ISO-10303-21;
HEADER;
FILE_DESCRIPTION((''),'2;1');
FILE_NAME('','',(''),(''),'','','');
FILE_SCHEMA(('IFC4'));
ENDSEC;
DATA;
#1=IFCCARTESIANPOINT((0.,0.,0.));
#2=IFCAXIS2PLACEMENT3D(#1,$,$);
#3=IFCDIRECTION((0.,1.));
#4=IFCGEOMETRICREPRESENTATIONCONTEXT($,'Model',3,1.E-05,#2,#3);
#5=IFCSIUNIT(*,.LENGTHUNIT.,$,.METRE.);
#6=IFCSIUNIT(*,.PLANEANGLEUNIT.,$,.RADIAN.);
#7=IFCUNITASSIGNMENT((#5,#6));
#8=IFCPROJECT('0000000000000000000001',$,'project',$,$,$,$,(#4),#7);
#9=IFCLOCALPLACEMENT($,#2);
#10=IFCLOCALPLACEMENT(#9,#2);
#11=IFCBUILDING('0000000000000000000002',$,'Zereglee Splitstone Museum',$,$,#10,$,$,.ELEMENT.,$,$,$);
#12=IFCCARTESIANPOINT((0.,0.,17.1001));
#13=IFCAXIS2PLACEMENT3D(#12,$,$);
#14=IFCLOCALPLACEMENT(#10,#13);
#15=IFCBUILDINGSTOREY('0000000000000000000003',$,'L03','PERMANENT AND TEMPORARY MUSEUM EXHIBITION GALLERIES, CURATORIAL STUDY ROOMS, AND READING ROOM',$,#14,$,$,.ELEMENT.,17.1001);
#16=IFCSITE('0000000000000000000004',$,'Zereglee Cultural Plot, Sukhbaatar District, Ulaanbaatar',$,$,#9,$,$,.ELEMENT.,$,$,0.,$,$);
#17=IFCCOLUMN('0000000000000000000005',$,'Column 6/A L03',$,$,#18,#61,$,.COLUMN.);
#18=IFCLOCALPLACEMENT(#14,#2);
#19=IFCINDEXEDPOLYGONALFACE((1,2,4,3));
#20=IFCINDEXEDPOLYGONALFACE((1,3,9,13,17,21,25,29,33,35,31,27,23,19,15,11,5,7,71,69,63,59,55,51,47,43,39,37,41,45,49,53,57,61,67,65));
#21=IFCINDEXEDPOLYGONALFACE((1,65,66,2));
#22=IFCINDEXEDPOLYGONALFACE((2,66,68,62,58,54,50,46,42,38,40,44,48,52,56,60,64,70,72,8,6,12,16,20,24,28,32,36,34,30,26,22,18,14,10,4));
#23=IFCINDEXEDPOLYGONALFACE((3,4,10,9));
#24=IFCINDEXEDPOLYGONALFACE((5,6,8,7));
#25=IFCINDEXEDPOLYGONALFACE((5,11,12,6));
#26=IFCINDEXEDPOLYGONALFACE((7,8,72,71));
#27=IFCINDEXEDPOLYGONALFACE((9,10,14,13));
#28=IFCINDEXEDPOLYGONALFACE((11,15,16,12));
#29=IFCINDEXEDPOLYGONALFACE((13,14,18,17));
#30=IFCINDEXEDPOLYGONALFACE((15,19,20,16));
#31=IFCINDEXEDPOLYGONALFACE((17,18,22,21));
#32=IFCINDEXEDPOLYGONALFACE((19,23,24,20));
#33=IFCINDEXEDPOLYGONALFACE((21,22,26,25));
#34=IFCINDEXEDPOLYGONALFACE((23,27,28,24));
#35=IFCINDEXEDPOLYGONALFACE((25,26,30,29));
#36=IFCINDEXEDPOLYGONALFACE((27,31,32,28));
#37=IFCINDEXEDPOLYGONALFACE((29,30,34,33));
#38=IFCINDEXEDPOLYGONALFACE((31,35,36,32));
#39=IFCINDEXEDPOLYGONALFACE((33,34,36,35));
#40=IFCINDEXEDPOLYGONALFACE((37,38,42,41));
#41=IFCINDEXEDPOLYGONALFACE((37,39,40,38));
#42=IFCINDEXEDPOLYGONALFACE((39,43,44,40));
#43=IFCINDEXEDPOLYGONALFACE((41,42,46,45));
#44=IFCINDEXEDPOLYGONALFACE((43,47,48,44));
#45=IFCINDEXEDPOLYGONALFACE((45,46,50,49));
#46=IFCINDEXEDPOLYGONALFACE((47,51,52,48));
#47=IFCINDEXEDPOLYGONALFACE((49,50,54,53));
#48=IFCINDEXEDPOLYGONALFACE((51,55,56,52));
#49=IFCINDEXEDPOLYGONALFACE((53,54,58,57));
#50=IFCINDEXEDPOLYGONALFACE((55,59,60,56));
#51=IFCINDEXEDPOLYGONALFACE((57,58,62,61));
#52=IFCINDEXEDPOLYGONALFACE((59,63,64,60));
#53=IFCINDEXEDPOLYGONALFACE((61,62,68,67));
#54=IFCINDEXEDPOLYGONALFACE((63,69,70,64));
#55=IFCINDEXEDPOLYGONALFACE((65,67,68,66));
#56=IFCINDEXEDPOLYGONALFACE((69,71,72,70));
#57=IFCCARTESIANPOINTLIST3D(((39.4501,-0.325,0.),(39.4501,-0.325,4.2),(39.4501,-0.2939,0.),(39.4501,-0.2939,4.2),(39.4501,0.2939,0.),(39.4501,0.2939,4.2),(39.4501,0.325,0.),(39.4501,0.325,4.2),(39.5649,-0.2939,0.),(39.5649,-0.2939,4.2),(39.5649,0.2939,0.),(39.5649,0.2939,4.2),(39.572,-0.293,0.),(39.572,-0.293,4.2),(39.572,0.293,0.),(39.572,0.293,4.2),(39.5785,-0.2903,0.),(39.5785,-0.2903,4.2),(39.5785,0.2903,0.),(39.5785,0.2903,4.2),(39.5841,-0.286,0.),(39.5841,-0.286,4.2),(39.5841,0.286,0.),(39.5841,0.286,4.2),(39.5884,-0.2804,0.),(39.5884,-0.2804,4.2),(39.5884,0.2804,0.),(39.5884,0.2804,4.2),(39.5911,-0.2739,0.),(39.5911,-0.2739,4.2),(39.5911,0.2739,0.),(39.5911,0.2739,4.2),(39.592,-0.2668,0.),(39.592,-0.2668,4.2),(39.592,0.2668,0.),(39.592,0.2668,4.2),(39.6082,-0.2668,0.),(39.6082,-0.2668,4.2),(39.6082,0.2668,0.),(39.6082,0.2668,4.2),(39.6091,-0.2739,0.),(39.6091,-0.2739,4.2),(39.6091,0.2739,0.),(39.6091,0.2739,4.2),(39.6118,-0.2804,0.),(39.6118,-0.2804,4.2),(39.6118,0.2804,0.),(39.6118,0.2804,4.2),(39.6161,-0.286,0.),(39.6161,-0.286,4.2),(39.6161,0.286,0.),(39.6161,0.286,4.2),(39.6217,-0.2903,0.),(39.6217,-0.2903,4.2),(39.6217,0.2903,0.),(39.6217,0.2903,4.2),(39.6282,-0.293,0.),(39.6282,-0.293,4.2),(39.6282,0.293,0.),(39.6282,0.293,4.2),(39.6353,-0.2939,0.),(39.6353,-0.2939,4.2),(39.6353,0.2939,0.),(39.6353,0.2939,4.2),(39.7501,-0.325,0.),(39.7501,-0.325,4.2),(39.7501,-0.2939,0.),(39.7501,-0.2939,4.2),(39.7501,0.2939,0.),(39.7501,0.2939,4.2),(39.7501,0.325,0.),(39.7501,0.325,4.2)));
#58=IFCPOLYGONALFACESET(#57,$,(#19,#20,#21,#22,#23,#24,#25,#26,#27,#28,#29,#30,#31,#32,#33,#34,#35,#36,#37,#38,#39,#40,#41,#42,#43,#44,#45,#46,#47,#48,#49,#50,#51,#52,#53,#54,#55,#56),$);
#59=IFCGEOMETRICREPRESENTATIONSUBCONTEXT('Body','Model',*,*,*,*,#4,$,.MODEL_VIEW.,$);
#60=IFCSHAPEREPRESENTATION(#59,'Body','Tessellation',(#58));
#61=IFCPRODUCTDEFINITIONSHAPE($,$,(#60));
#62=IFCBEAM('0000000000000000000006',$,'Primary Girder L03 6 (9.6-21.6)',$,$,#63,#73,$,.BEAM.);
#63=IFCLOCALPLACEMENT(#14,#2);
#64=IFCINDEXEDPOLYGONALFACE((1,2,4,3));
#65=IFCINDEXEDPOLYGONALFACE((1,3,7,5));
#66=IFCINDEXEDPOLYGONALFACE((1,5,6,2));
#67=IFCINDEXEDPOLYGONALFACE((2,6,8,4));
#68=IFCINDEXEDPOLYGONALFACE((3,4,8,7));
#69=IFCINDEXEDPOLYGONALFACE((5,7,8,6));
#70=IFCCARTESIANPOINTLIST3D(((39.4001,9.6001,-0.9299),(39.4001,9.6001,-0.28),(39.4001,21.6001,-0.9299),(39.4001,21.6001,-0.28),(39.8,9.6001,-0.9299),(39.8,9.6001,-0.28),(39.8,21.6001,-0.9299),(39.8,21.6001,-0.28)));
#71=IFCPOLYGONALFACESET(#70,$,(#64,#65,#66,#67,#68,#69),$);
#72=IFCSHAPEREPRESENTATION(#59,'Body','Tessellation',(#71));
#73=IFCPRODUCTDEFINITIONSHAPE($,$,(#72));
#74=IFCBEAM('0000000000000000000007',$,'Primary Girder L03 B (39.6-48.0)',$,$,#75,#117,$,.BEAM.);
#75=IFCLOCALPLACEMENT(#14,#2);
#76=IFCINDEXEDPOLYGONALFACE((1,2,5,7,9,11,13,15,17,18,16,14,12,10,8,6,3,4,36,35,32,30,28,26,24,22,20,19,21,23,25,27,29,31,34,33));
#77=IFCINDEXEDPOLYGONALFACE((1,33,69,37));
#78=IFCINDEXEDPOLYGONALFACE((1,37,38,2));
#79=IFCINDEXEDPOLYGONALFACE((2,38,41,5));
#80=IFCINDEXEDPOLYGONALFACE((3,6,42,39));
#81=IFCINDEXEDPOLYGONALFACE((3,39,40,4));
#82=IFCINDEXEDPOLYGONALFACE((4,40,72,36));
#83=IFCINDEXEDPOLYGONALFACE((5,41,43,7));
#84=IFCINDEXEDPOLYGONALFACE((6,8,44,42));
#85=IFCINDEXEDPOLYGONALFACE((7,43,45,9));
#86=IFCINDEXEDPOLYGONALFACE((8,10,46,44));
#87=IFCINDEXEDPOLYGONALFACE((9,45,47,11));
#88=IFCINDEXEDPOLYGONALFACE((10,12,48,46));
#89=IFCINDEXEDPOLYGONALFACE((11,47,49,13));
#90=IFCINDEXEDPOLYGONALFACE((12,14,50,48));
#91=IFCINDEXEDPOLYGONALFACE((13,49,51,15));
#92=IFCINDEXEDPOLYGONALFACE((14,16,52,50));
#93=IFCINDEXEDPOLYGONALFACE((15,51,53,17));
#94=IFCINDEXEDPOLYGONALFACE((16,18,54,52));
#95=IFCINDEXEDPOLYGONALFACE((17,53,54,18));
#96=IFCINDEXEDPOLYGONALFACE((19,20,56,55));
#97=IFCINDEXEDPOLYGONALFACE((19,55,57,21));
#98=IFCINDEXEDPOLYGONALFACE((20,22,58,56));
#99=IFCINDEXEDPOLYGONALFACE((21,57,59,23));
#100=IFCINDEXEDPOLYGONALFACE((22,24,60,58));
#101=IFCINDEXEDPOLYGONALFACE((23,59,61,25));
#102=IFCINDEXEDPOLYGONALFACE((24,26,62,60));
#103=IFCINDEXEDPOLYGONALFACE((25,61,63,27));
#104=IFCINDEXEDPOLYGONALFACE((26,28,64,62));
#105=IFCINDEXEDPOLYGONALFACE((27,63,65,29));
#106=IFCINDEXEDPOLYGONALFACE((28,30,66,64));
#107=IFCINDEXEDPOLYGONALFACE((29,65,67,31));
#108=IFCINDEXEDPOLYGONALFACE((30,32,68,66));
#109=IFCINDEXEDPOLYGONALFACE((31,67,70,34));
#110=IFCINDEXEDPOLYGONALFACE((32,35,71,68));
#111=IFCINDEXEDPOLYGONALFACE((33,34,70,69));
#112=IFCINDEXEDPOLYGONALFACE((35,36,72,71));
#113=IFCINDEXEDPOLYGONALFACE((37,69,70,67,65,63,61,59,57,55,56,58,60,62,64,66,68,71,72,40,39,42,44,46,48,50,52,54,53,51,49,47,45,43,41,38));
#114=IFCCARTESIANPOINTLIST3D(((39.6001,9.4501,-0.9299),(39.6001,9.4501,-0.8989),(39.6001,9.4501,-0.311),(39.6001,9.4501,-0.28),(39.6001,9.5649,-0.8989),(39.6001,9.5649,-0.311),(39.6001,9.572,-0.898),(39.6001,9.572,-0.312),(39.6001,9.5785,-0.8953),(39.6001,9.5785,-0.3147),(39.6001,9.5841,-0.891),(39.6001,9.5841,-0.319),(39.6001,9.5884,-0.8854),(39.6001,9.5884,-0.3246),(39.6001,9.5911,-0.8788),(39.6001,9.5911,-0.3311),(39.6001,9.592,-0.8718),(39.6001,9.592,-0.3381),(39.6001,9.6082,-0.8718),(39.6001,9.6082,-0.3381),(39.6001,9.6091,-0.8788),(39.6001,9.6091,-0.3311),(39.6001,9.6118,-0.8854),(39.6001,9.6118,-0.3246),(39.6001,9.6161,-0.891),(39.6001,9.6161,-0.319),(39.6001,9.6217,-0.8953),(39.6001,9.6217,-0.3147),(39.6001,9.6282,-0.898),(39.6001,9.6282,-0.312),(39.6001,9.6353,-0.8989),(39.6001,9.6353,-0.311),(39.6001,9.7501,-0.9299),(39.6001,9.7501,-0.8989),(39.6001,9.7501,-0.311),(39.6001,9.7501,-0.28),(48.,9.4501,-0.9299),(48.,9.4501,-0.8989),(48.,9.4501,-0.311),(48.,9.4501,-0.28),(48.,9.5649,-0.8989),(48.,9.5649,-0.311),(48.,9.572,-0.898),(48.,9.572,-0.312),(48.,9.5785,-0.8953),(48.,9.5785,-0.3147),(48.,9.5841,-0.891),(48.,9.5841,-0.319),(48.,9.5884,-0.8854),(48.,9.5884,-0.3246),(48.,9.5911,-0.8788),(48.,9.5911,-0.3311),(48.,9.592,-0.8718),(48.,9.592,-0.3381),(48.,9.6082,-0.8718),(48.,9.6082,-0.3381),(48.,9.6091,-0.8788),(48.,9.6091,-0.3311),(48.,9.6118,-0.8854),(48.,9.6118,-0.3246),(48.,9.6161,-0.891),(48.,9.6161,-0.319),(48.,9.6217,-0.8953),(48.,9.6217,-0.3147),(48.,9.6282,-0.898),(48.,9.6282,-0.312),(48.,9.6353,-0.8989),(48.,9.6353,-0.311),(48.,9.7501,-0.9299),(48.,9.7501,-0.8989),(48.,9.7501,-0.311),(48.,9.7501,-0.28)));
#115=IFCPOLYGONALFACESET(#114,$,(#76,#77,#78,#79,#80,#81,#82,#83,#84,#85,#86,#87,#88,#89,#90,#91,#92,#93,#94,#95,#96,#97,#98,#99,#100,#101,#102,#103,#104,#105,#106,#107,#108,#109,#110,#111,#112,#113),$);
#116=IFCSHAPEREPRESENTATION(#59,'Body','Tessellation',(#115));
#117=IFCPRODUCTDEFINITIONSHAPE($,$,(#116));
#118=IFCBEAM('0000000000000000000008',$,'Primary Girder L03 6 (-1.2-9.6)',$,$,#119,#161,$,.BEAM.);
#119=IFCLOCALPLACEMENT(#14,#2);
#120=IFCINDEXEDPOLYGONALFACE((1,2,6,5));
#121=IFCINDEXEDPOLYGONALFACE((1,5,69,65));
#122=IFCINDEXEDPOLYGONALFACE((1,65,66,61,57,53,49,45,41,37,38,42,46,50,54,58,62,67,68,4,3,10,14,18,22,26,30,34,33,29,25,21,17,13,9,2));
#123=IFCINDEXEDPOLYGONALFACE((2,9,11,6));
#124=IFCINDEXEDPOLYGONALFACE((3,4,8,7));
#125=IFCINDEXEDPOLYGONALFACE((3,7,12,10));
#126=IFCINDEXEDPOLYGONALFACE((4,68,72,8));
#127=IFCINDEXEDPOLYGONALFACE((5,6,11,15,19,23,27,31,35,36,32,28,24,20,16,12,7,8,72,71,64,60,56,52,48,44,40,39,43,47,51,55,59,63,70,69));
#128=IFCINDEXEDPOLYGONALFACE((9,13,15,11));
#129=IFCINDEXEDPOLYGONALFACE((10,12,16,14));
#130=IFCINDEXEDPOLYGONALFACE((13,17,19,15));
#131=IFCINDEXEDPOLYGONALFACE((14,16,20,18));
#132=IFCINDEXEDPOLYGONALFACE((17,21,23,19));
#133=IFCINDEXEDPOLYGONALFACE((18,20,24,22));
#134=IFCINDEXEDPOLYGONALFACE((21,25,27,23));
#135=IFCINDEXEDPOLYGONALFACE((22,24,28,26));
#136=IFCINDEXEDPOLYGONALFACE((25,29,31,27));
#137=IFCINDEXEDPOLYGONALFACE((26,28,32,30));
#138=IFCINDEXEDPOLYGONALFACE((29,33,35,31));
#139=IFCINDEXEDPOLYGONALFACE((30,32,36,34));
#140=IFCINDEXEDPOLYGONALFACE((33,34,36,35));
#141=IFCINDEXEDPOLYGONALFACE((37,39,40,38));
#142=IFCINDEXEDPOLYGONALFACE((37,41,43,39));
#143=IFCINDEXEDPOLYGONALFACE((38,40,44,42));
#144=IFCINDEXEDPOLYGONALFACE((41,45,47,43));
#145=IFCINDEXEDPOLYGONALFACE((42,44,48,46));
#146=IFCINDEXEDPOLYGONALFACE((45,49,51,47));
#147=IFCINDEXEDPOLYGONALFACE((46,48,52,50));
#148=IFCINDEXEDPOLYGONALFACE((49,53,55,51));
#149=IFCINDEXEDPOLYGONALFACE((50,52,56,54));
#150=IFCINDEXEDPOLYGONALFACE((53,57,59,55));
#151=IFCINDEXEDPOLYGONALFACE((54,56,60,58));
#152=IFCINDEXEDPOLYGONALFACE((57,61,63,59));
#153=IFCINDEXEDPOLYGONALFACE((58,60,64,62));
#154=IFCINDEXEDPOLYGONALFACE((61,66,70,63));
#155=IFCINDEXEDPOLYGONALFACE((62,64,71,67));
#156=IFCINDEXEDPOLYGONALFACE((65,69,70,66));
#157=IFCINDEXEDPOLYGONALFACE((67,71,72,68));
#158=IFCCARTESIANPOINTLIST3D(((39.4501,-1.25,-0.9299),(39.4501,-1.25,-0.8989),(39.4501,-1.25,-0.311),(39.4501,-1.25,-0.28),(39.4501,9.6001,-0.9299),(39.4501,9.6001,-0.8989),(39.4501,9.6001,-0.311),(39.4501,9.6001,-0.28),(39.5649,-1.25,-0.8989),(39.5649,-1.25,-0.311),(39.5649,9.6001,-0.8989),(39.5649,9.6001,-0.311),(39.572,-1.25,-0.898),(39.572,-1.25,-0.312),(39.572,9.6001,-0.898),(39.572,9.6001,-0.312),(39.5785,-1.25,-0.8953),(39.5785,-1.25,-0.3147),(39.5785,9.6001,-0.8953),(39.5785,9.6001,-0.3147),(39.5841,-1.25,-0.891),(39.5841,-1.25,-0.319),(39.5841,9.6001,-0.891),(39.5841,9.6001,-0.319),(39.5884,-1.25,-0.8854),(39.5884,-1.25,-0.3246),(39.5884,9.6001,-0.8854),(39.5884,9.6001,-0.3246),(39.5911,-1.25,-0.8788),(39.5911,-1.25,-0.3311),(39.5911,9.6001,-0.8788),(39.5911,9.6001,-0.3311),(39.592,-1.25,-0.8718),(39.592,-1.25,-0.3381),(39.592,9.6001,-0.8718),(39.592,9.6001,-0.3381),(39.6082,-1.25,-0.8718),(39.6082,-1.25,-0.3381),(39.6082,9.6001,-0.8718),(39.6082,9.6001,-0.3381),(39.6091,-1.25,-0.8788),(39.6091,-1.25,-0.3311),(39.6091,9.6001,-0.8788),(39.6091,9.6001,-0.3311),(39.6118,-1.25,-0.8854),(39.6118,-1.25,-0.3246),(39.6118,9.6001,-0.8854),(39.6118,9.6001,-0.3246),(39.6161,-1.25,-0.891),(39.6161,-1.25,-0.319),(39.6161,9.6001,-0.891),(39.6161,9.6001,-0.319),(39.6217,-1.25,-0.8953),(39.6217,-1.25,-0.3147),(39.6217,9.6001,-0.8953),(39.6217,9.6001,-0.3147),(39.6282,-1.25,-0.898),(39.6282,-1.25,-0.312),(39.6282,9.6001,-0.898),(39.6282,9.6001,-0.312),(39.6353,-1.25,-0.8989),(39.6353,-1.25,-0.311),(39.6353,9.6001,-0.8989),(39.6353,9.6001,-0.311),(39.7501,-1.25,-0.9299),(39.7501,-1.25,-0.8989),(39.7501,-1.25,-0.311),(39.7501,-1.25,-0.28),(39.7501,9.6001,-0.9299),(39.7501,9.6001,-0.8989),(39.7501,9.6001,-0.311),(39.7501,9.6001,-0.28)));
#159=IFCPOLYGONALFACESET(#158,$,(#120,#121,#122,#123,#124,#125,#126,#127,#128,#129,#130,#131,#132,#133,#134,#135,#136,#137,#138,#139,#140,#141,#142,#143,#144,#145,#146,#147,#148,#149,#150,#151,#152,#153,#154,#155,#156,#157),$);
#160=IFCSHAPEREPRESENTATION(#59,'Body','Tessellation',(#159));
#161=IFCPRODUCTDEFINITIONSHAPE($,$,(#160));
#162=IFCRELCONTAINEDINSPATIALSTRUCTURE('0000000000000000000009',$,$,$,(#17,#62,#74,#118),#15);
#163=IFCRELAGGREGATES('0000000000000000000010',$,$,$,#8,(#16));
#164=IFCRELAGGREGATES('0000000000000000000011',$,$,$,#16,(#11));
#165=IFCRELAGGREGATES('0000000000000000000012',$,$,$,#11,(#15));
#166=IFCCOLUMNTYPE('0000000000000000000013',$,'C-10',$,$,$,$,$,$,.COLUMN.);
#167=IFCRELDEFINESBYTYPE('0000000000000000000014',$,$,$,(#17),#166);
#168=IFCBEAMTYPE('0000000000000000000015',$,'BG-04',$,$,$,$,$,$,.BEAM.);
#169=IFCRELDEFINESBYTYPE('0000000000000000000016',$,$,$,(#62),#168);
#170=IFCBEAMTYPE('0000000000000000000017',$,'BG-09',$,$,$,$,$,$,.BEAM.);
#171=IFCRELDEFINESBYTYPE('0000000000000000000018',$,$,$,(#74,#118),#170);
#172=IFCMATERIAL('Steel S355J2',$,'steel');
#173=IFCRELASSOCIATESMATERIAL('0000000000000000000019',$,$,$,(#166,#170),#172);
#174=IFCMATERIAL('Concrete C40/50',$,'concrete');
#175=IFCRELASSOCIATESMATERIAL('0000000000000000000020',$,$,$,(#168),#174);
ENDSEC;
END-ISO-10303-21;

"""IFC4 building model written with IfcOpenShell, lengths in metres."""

from ifc_helpers import new_model, si_unit, direction, frame, origin, origin_2d, place, context, subcontext, project, spatial, rectangle, i_section, extrude, material, material_profile, profile_set, type_object, element, save


model = new_model("IFC4")

# Units and contexts
model_context = context("Model", 3, precision=1e-05, world=origin(), true_north=direction((0.0, 1.0)))
body_context = subcontext(model_context, "Body", "Model", "MODEL_VIEW")
ifc_project = project(units=[si_unit("LENGTHUNIT", "METRE"), si_unit("PLANEANGLEUNIT", "RADIAN")], contexts=[model_context])

# Site, building, storey
site_placement = place(None, origin())
site = spatial("IfcSite", under=ifc_project, at=site_placement, Name="Zereglee Cultural Plot, Sukhbaatar District, Ulaanbaatar", CompositionType="ELEMENT", RefElevation=0.0)
building_placement = place(site_placement, origin())
building = spatial("IfcBuilding", under=site, at=building_placement, Name="Zereglee Splitstone Museum", CompositionType="ELEMENT")
storey_placement = place(building_placement, frame((0.0, 0.0, 17.1001)))
storey = spatial("IfcBuildingStorey", under=building, at=storey_placement, Name="L03", Description="PERMANENT AND TEMPORARY MUSEUM EXHIBITION GALLERIES, CURATORIAL STUDY ROOMS, AND READING ROOM", CompositionType="ELEMENT", Elevation=17.1001)

# Column
ifc_material_1 = material(Name="Steel S355J2", Category="steel")
ifc_material_profile_1 = material_profile(ifc_material_1, i_section(OverallWidth=0.3, OverallDepth=0.6499, WebThickness=0.0161, FlangeThickness=0.031, FilletRadius=0.0271, at=origin_2d()), Name="HE 650 B")
ifc_profile_set_1 = profile_set([ifc_material_profile_1], Name="Steel S355J2")
column_type_1 = type_object("IfcColumnType", Name="C-10", PredefinedType="COLUMN", material=ifc_profile_set_1)
column_1_placement = place(storey_placement, frame((39.6001, 0.0, 0.0), z_axis=(0.0, 0.0, 1.0), x_axis=(1.0, 0.0, 0.0)))
element("IfcColumn", 1, at=column_1_placement, inside=storey, type_object=column_type_1, Name="Column 6/A L03", PredefinedType="COLUMN", context=body_context, shape_type="SweptSolid", body=[
    extrude(i_section(OverallWidth=0.3, OverallDepth=0.6499, WebThickness=0.0161, FlangeThickness=0.031, FilletRadius=0.0271, at=origin_2d()), origin(), (0.0, 0.0, 1.0), 4.2),
])

# Beams
ifc_material_2 = material(Name="Concrete C40/50", Category="concrete")
ifc_material_profile_2 = material_profile(ifc_material_2, rectangle(XDim=0.3999, YDim=0.6499, at=origin_2d()), Name="RC 400x650")
ifc_profile_set_2 = profile_set([ifc_material_profile_2], Name="Concrete C40/50")
beam_type_1 = type_object("IfcBeamType", Name="BG-04", PredefinedType="BEAM", material=ifc_profile_set_2)
beam_1_placement = place(storey_placement, frame((39.6001, 9.6001, -0.605), z_axis=(0.0, 1.0, 0.0), x_axis=(-1.0, 0.0, 0.0)))
element("IfcBeam", 2, at=beam_1_placement, inside=storey, type_object=beam_type_1, Name="Primary Girder L03 6 (9.6-21.6)", PredefinedType="BEAM", context=body_context, shape_type="SweptSolid", body=[
    extrude(rectangle(XDim=0.3999, YDim=0.6499, at=origin_2d()), origin(), (0.0, 0.0, 1.0), 12.0),
])
ifc_material_profile_3 = material_profile(ifc_material_1, i_section(OverallWidth=0.3, OverallDepth=0.6499, WebThickness=0.0161, FlangeThickness=0.031, FilletRadius=0.0271, at=origin_2d()), Name="HE 650 B")
ifc_profile_set_3 = profile_set([ifc_material_profile_3], Name="Steel S355J2")
beam_type_2 = type_object("IfcBeamType", Name="BG-09", PredefinedType="BEAM", material=ifc_profile_set_3)
beam_2_placement = place(storey_placement, frame((39.6001, 9.6001, -0.605), z_axis=(1.0, 0.0, 0.0), x_axis=(0.0, 1.0, 0.0)))
element("IfcBeam", 3, at=beam_2_placement, inside=storey, type_object=beam_type_2, Name="Primary Girder L03 B (39.6-48.0)", PredefinedType="BEAM", context=body_context, shape_type="SweptSolid", body=[
    extrude(i_section(OverallWidth=0.3, OverallDepth=0.6499, WebThickness=0.0161, FlangeThickness=0.031, FilletRadius=0.0271, at=origin_2d()), origin(), (0.0, 0.0, 1.0), 8.3999),
])
for number, where, z_axis, x_axis, name in (
    (4, (39.6001, -1.25, -0.605), (0.0, 1.0, 0.0), (-1.0, 0.0, 0.0), "Primary Girder L03 6 (-1.2-9.6)"),
):
    element("IfcBeam", number, at=place(storey_placement, frame(where, z_axis=z_axis, x_axis=x_axis)), inside=storey, type_object=beam_type_2, Name=name, PredefinedType="BEAM", context=body_context, shape_type="SweptSolid", body=[
        extrude(i_section(OverallWidth=0.3, OverallDepth=0.6499, WebThickness=0.0161, FlangeThickness=0.031, FilletRadius=0.0271, at=origin_2d()), origin(), (0.0, 0.0, 1.0), 10.8501),
    ])

save(model, "model.ifc")
